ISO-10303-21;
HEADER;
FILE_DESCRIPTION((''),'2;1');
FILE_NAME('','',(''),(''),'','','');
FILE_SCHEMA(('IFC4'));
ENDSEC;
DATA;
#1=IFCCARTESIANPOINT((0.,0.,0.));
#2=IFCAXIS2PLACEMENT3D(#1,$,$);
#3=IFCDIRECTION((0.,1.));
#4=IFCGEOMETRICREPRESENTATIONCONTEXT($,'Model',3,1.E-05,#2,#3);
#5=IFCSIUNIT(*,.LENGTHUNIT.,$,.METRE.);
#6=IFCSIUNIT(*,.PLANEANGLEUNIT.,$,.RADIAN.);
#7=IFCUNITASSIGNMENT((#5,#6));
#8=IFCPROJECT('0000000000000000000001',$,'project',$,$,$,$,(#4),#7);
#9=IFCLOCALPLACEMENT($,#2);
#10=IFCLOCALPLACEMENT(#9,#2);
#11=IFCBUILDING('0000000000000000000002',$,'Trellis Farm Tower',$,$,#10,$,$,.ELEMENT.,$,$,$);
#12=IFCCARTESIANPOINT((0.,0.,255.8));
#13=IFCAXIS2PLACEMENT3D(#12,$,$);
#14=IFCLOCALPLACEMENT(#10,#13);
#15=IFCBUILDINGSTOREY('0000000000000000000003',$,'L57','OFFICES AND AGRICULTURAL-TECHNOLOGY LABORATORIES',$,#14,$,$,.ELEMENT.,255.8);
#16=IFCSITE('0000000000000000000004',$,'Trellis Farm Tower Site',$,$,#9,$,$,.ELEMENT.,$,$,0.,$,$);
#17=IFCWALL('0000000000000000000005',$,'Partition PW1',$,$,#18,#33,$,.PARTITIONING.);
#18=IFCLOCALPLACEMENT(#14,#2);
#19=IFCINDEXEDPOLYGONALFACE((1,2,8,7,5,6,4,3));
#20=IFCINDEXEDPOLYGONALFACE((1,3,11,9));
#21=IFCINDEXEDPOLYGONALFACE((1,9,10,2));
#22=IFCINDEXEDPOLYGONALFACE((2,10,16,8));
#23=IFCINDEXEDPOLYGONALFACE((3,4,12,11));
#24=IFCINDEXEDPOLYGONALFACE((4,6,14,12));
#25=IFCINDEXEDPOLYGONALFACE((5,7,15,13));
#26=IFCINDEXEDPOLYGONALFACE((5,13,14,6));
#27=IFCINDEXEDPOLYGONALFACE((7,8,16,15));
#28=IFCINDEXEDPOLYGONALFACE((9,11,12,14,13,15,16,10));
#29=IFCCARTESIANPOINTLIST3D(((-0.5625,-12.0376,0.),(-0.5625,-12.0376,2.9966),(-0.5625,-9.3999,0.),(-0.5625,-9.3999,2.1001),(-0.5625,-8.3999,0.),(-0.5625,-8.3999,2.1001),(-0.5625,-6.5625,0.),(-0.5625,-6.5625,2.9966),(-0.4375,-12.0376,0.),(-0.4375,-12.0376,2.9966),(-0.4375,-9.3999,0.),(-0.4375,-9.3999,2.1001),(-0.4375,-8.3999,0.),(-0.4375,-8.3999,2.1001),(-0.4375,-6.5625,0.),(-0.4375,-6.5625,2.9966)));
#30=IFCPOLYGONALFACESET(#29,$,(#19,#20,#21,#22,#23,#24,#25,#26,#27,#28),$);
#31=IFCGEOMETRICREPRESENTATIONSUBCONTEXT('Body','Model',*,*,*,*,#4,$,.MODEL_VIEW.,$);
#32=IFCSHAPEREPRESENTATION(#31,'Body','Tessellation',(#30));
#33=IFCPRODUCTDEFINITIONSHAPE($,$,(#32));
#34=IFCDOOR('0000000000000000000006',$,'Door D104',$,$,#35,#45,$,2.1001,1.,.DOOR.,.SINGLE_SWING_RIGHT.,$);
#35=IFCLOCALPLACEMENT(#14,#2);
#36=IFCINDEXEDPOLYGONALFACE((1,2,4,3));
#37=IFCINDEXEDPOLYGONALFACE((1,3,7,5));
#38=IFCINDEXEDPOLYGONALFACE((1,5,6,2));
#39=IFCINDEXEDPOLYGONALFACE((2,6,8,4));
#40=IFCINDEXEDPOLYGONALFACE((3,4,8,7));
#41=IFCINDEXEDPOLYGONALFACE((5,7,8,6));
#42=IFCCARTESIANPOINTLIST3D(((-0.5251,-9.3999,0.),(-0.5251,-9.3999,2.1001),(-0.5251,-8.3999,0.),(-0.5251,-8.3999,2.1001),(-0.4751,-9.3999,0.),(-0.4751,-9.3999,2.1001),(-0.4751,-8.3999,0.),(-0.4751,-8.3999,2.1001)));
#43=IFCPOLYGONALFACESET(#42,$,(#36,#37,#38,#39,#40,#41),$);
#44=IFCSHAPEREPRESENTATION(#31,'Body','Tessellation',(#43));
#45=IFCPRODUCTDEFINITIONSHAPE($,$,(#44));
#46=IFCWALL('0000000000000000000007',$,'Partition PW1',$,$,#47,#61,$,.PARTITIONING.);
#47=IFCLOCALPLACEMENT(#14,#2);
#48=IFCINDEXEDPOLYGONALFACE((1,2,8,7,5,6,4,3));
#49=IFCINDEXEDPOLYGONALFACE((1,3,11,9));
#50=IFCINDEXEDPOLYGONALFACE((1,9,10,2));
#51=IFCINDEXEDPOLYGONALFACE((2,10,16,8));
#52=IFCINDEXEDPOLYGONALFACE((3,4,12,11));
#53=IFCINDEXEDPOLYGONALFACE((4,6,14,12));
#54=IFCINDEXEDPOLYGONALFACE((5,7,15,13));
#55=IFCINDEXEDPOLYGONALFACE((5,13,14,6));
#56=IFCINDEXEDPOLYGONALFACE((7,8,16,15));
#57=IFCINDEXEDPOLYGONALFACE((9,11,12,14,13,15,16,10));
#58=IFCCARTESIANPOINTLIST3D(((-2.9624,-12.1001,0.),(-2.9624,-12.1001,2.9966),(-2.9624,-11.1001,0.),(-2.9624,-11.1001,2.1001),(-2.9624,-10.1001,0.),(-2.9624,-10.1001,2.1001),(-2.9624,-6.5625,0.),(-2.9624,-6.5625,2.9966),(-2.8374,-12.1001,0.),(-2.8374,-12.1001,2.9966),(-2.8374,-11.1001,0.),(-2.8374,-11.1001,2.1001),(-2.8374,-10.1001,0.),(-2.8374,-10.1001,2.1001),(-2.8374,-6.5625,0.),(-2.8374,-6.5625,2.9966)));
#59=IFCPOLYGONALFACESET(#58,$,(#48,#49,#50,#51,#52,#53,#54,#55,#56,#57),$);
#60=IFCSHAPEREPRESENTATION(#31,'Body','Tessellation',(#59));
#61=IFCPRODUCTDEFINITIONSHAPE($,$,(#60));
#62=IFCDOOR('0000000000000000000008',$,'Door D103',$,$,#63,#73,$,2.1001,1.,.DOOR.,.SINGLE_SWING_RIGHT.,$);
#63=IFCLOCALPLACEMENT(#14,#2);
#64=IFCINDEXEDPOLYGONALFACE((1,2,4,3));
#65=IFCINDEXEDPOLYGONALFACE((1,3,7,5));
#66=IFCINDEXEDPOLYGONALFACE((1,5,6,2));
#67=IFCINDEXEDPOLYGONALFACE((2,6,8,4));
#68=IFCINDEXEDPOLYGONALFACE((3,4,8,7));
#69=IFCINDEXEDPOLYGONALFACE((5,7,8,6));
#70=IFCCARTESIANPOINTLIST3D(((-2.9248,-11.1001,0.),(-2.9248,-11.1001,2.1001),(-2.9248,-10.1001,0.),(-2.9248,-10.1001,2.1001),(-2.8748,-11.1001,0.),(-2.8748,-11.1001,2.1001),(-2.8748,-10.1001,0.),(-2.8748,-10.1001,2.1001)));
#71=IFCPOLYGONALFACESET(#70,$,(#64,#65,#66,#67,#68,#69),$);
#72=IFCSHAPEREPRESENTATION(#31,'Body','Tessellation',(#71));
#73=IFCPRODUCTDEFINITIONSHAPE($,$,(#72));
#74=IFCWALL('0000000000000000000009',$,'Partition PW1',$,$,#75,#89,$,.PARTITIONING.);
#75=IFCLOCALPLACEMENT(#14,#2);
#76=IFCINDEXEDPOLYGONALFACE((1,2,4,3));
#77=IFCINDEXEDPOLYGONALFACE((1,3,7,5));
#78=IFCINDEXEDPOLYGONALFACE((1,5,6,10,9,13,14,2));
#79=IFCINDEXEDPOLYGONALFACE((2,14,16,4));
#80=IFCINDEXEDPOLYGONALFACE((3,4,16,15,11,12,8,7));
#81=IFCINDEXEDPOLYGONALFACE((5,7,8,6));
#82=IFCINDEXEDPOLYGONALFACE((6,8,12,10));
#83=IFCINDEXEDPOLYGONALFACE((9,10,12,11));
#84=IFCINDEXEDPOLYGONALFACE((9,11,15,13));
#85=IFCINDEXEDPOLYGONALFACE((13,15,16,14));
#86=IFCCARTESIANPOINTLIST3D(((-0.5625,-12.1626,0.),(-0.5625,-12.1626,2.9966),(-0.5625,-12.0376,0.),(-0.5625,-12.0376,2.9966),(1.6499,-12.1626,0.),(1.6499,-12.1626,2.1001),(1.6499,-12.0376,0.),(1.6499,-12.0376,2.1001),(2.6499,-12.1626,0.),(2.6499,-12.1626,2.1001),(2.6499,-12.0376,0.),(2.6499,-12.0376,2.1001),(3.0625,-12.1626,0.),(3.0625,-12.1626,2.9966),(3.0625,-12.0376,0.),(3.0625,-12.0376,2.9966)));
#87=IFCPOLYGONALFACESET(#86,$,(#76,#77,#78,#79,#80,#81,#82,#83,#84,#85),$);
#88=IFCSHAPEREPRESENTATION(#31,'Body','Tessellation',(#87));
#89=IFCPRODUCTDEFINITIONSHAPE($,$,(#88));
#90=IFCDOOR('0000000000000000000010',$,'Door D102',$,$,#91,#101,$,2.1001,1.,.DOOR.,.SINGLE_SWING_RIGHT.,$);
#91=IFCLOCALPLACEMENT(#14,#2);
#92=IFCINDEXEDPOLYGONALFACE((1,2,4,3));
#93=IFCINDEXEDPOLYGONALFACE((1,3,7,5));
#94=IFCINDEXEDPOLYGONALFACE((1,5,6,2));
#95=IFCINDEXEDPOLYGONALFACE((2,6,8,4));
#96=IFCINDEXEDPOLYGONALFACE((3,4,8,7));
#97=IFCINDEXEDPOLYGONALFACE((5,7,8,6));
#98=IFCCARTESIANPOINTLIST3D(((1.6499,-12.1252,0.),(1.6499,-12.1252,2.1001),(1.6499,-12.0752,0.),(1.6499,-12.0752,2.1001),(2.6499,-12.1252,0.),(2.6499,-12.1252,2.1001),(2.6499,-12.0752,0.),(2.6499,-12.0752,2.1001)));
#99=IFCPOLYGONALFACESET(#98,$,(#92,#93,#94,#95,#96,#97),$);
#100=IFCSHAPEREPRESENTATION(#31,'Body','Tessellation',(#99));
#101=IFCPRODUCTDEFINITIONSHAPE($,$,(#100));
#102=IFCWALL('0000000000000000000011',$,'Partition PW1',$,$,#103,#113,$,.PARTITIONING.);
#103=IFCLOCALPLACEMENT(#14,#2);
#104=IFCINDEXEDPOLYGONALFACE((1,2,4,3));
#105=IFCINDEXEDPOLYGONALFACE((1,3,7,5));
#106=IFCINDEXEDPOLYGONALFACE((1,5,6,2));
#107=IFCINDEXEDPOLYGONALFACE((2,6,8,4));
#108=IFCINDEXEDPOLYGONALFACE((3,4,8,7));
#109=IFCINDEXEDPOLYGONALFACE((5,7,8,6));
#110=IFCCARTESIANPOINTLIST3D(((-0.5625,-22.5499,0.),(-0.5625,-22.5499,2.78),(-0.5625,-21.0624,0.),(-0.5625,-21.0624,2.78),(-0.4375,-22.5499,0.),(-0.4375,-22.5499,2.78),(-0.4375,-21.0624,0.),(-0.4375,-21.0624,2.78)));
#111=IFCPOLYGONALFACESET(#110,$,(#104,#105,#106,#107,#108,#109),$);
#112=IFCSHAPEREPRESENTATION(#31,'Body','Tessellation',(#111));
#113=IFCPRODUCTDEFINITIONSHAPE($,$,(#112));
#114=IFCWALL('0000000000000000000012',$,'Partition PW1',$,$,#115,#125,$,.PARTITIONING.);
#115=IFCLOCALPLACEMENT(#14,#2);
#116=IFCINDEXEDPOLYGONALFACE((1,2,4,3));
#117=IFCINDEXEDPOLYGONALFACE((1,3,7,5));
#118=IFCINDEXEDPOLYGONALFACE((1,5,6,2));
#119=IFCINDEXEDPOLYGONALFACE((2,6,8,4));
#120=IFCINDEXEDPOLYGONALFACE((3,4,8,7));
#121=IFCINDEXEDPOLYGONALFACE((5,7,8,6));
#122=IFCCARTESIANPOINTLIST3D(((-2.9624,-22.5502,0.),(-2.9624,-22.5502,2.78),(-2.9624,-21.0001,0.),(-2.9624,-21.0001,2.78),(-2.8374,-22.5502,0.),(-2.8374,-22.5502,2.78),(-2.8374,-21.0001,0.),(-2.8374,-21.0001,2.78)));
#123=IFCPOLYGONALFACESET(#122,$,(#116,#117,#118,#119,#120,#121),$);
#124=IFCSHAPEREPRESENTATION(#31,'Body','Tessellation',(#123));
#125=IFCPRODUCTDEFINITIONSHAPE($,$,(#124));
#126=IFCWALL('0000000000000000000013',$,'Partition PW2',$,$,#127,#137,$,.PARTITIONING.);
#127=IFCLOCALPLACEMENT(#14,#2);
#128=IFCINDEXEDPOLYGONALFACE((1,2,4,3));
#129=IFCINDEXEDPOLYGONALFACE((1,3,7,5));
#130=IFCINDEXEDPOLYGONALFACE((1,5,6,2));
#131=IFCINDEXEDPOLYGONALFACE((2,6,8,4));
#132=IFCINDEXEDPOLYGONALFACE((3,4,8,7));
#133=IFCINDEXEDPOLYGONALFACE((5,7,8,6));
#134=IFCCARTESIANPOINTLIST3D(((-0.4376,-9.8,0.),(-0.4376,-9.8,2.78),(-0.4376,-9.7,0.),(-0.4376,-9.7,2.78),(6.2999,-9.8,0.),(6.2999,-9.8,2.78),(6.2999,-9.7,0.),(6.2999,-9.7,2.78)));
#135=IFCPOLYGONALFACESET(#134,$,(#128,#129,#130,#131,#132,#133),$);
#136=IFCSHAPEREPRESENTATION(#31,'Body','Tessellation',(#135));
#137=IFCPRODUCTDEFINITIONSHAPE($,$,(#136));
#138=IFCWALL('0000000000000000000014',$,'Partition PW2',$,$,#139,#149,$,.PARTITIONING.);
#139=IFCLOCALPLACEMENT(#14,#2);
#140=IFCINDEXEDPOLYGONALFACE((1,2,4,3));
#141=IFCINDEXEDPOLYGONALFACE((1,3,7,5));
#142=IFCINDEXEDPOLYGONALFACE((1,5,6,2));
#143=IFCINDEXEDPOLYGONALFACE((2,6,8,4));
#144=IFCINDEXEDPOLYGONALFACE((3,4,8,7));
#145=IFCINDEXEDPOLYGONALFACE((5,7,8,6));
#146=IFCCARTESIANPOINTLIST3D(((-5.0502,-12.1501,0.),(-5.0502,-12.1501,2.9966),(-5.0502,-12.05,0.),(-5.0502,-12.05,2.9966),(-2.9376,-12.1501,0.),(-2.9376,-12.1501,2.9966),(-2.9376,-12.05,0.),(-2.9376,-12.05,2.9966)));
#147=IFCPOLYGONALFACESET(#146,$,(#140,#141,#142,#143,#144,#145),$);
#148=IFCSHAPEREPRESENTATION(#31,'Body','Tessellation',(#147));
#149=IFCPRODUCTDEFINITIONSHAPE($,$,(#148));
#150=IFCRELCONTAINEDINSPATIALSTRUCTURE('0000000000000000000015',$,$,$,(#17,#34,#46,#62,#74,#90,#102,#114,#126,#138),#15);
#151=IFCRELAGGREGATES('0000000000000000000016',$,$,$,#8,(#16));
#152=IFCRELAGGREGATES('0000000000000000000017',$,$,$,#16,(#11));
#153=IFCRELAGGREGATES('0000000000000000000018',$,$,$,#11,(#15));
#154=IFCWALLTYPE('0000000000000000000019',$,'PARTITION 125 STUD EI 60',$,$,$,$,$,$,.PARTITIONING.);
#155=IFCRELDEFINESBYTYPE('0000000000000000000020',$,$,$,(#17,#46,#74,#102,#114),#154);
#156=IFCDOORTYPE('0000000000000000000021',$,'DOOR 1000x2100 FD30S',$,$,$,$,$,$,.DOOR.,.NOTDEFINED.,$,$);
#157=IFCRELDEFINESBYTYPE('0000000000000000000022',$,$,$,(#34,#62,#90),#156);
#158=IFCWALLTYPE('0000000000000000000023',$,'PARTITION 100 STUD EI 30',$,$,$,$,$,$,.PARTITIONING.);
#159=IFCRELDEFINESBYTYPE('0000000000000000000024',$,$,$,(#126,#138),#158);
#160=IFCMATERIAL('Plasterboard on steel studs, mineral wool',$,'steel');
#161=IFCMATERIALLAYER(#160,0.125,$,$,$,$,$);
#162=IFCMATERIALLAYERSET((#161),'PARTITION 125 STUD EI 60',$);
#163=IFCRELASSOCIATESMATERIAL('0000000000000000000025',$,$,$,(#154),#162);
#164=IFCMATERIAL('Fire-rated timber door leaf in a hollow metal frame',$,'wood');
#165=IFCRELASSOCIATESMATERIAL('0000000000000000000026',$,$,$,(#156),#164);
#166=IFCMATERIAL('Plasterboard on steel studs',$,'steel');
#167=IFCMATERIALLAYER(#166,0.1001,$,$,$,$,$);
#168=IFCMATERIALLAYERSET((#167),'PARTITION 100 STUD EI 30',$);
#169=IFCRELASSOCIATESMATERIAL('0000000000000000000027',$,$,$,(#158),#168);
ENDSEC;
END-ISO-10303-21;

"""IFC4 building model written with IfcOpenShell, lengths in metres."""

from ifc_helpers import new_model, si_unit, direction, frame, frame_2d, origin, place, context, subcontext, project, spatial, rectangle, extrude, source, transform, mapped, material, layer, layer_set, type_object, element, fill, save


model = new_model("IFC4")

# Units and contexts
model_context = context("Model", 3, precision=1e-05, world=origin(), true_north=direction((0.0, 1.0)))
body_context = subcontext(model_context, "Body", "Model", "MODEL_VIEW")
ifc_project = project(units=[si_unit("LENGTHUNIT", "METRE"), si_unit("PLANEANGLEUNIT", "RADIAN")], contexts=[model_context])

# Site, building, storey
site_placement = place(None, origin())
site = spatial("IfcSite", under=ifc_project, at=site_placement, Name="Trellis Farm Tower Site", CompositionType="ELEMENT", RefElevation=0.0)
building_placement = place(site_placement, origin())
building = spatial("IfcBuilding", under=site, at=building_placement, Name="Trellis Farm Tower", CompositionType="ELEMENT")
storey_placement = place(building_placement, frame((0.0, 0.0, 255.8)))
storey = spatial("IfcBuildingStorey", under=building, at=storey_placement, Name="L57", Description="OFFICES AND AGRICULTURAL-TECHNOLOGY LABORATORIES", CompositionType="ELEMENT", Elevation=255.8)

# Walls, openings, doors
ifc_material_1 = material(Name="Plasterboard on steel studs, mineral wool", Category="steel")
ifc_layer_1 = layer(ifc_material_1, 0.125)
ifc_layer_set_1 = layer_set([ifc_layer_1], Name="PARTITION 125 STUD EI 60")
wall_type_1 = type_object("IfcWallType", Name="PARTITION 125 STUD EI 60", PredefinedType="PARTITIONING", material=ifc_layer_set_1)
shared_shape_1 = source(origin(), body_context, "Body", "SweptSolid", [
    extrude(rectangle(XDim=5.4751, YDim=0.125, at=frame_2d((2.7375, 0.0))), origin(), (0.0, 0.0, 1.0), 2.9966),
])
wall_1_placement = place(storey_placement, frame((-0.5, -6.5625, 0.0), z_axis=(0.0, 0.0, 1.0), x_axis=(0.0, -1.0, 0.0)))
wall_1 = element("IfcWall", 1, at=wall_1_placement, inside=storey, type_object=wall_type_1, Name="Partition PW1", PredefinedType="PARTITIONING", context=body_context, shape_type="MappedRepresentation", body=[
    mapped(shared_shape_1, transform((0.0, 0.0, 0.0))),
])
shared_shape_2 = source(origin(), body_context, "Body", "SweptSolid", [
    extrude(rectangle(XDim=1.0, YDim=2.1001, at=frame_2d((0.5, 1.05))), frame((0.0, 0.0725, 0.0), z_axis=(0.0, -1.0, 0.0), x_axis=(1.0, 0.0, 0.0)), (0.0, 0.0, 1.0), 0.145),
])
opening_1_placement = place(wall_1_placement, frame((1.8374, 0.0, 0.0)))
opening_1 = element("IfcOpeningElement", 2, at=opening_1_placement, cuts=wall_1, PredefinedType="OPENING", context=body_context, shape_type="MappedRepresentation", body=[
    mapped(shared_shape_2, transform((0.0, 0.0, 0.0))),
])
ifc_material_2 = material(Name="Fire-rated timber door leaf in a hollow metal frame", Category="wood")
door_type = type_object("IfcDoorType", Name="DOOR 1000x2100 FD30S", OperationType="NOTDEFINED", PredefinedType="DOOR", material=ifc_material_2)
shared_shape_3 = source(origin(), body_context, "Body", "SweptSolid", [
    extrude(rectangle(XDim=1.0, YDim=2.1001, at=frame_2d((0.5, 1.05))), frame((0.0, 0.0249, 0.0), z_axis=(0.0, -1.0, 0.0), x_axis=(1.0, 0.0, 0.0)), (0.0, 0.0, 1.0), 0.05),
])
door_1_placement = place(opening_1_placement, origin())
door_1 = element("IfcDoor", 3, at=door_1_placement, inside=storey, type_object=door_type, Name="Door D104", OperationType="SINGLE_SWING_RIGHT", OverallHeight=2.1001, OverallWidth=1.0, PredefinedType="DOOR", context=body_context, shape_type="MappedRepresentation", body=[
    mapped(shared_shape_3, transform((0.0, 0.0, 0.0))),
])
fill(opening_1, door_1)
shared_shape_4 = source(origin(), body_context, "Body", "SweptSolid", [
    extrude(rectangle(XDim=5.5376, YDim=0.125, at=frame_2d((2.7688, 0.0))), origin(), (0.0, 0.0, 1.0), 2.9966),
])
wall_2_placement = place(storey_placement, frame((-2.8999, -12.1001, 0.0), z_axis=(0.0, 0.0, 1.0), x_axis=(0.0, 1.0, 0.0)))
wall_2 = element("IfcWall", 4, at=wall_2_placement, inside=storey, type_object=wall_type_1, Name="Partition PW1", PredefinedType="PARTITIONING", context=body_context, shape_type="MappedRepresentation", body=[
    mapped(shared_shape_4, transform((0.0, 0.0, 0.0))),
])
opening_2_placement = place(wall_2_placement, frame((1.0, 0.0, 0.0)))
opening_2 = element("IfcOpeningElement", 5, at=opening_2_placement, cuts=wall_2, PredefinedType="OPENING", context=body_context, shape_type="MappedRepresentation", body=[
    mapped(shared_shape_2, transform((0.0, 0.0, 0.0))),
])
door_2_placement = place(opening_2_placement, origin())
door_2 = element("IfcDoor", 6, at=door_2_placement, inside=storey, type_object=door_type, Name="Door D103", OperationType="SINGLE_SWING_RIGHT", OverallHeight=2.1001, OverallWidth=1.0, PredefinedType="DOOR", context=body_context, shape_type="MappedRepresentation", body=[
    mapped(shared_shape_3, transform((0.0, 0.0, 0.0))),
])
fill(opening_2, door_2)
shared_shape_5 = source(origin(), body_context, "Body", "SweptSolid", [
    extrude(rectangle(XDim=3.625, YDim=0.125, at=frame_2d((1.8125, 0.0))), origin(), (0.0, 0.0, 1.0), 2.9966),
])
wall_3_placement = place(storey_placement, frame((-0.5625, -12.1001, 0.0), z_axis=(0.0, 0.0, 1.0), x_axis=(1.0, 0.0, 0.0)))
wall_3 = element("IfcWall", 7, at=wall_3_placement, inside=storey, type_object=wall_type_1, Name="Partition PW1", PredefinedType="PARTITIONING", context=body_context, shape_type="MappedRepresentation", body=[
    mapped(shared_shape_5, transform((0.0, 0.0, 0.0))),
])
opening_3_placement = place(wall_3_placement, frame((2.2124, 0.0, 0.0)))
opening_3 = element("IfcOpeningElement", 8, at=opening_3_placement, cuts=wall_3, PredefinedType="OPENING", context=body_context, shape_type="MappedRepresentation", body=[
    mapped(shared_shape_2, transform((0.0, 0.0, 0.0))),
])
door_3_placement = place(opening_3_placement, origin())
door_3 = element("IfcDoor", 9, at=door_3_placement, inside=storey, type_object=door_type, Name="Door D102", OperationType="SINGLE_SWING_RIGHT", OverallHeight=2.1001, OverallWidth=1.0, PredefinedType="DOOR", context=body_context, shape_type="MappedRepresentation", body=[
    mapped(shared_shape_3, transform((0.0, 0.0, 0.0))),
])
fill(opening_3, door_3)

# Walls
shared_shape_6 = source(origin(), body_context, "Body", "SweptSolid", [
    extrude(rectangle(XDim=1.4875, YDim=0.125, at=frame_2d((0.7437, 0.0))), origin(), (0.0, 0.0, 1.0), 2.78),
])
wall_4_placement = place(storey_placement, frame((-0.5, -21.0625, 0.0), z_axis=(0.0, 0.0, 1.0), x_axis=(0.0, -1.0, 0.0)))
element("IfcWall", 10, at=wall_4_placement, inside=storey, type_object=wall_type_1, Name="Partition PW1", PredefinedType="PARTITIONING", context=body_context, shape_type="MappedRepresentation", body=[
    mapped(shared_shape_6, transform((0.0, 0.0, 0.0))),
])
shared_shape_7 = source(origin(), body_context, "Body", "SweptSolid", [
    extrude(rectangle(XDim=1.55, YDim=0.125, at=frame_2d((0.7749, 0.0))), origin(), (0.0, 0.0, 1.0), 2.78),
])
wall_5_placement = place(storey_placement, frame((-2.8999, -22.55, 0.0), z_axis=(0.0, 0.0, 1.0), x_axis=(0.0, 1.0, 0.0)))
element("IfcWall", 11, at=wall_5_placement, inside=storey, type_object=wall_type_1, Name="Partition PW1", PredefinedType="PARTITIONING", context=body_context, shape_type="MappedRepresentation", body=[
    mapped(shared_shape_7, transform((0.0, 0.0, 0.0))),
])
ifc_material_3 = material(Name="Plasterboard on steel studs", Category="steel")
ifc_layer_2 = layer(ifc_material_3, 0.1001)
ifc_layer_set_2 = layer_set([ifc_layer_2], Name="PARTITION 100 STUD EI 30")
wall_type_2 = type_object("IfcWallType", Name="PARTITION 100 STUD EI 30", PredefinedType="PARTITIONING", material=ifc_layer_set_2)
shared_shape_8 = source(origin(), body_context, "Body", "SweptSolid", [
    extrude(rectangle(XDim=6.7375, YDim=0.1001, at=frame_2d((3.3687, 0.0))), origin(), (0.0, 0.0, 1.0), 2.78),
])
wall_6_placement = place(storey_placement, frame((-0.4375, -9.75, 0.0), z_axis=(0.0, 0.0, 1.0), x_axis=(1.0, 0.0, 0.0)))
element("IfcWall", 12, at=wall_6_placement, inside=storey, type_object=wall_type_2, Name="Partition PW2", PredefinedType="PARTITIONING", context=body_context, shape_type="MappedRepresentation", body=[
    mapped(shared_shape_8, transform((0.0, 0.0, 0.0))),
])
shared_shape_9 = source(origin(), body_context, "Body", "SweptSolid", [
    extrude(rectangle(XDim=2.1125, YDim=0.1001, at=frame_2d((1.0562, 0.0))), origin(), (0.0, 0.0, 1.0), 2.9966),
])
wall_7_placement = place(storey_placement, frame((-5.05, -12.1001, 0.0), z_axis=(0.0, 0.0, 1.0), x_axis=(1.0, 0.0, 0.0)))
element("IfcWall", 13, at=wall_7_placement, inside=storey, type_object=wall_type_2, Name="Partition PW2", PredefinedType="PARTITIONING", context=body_context, shape_type="MappedRepresentation", body=[
    mapped(shared_shape_9, transform((0.0, 0.0, 0.0))),
])

save(model, "model.ifc")
